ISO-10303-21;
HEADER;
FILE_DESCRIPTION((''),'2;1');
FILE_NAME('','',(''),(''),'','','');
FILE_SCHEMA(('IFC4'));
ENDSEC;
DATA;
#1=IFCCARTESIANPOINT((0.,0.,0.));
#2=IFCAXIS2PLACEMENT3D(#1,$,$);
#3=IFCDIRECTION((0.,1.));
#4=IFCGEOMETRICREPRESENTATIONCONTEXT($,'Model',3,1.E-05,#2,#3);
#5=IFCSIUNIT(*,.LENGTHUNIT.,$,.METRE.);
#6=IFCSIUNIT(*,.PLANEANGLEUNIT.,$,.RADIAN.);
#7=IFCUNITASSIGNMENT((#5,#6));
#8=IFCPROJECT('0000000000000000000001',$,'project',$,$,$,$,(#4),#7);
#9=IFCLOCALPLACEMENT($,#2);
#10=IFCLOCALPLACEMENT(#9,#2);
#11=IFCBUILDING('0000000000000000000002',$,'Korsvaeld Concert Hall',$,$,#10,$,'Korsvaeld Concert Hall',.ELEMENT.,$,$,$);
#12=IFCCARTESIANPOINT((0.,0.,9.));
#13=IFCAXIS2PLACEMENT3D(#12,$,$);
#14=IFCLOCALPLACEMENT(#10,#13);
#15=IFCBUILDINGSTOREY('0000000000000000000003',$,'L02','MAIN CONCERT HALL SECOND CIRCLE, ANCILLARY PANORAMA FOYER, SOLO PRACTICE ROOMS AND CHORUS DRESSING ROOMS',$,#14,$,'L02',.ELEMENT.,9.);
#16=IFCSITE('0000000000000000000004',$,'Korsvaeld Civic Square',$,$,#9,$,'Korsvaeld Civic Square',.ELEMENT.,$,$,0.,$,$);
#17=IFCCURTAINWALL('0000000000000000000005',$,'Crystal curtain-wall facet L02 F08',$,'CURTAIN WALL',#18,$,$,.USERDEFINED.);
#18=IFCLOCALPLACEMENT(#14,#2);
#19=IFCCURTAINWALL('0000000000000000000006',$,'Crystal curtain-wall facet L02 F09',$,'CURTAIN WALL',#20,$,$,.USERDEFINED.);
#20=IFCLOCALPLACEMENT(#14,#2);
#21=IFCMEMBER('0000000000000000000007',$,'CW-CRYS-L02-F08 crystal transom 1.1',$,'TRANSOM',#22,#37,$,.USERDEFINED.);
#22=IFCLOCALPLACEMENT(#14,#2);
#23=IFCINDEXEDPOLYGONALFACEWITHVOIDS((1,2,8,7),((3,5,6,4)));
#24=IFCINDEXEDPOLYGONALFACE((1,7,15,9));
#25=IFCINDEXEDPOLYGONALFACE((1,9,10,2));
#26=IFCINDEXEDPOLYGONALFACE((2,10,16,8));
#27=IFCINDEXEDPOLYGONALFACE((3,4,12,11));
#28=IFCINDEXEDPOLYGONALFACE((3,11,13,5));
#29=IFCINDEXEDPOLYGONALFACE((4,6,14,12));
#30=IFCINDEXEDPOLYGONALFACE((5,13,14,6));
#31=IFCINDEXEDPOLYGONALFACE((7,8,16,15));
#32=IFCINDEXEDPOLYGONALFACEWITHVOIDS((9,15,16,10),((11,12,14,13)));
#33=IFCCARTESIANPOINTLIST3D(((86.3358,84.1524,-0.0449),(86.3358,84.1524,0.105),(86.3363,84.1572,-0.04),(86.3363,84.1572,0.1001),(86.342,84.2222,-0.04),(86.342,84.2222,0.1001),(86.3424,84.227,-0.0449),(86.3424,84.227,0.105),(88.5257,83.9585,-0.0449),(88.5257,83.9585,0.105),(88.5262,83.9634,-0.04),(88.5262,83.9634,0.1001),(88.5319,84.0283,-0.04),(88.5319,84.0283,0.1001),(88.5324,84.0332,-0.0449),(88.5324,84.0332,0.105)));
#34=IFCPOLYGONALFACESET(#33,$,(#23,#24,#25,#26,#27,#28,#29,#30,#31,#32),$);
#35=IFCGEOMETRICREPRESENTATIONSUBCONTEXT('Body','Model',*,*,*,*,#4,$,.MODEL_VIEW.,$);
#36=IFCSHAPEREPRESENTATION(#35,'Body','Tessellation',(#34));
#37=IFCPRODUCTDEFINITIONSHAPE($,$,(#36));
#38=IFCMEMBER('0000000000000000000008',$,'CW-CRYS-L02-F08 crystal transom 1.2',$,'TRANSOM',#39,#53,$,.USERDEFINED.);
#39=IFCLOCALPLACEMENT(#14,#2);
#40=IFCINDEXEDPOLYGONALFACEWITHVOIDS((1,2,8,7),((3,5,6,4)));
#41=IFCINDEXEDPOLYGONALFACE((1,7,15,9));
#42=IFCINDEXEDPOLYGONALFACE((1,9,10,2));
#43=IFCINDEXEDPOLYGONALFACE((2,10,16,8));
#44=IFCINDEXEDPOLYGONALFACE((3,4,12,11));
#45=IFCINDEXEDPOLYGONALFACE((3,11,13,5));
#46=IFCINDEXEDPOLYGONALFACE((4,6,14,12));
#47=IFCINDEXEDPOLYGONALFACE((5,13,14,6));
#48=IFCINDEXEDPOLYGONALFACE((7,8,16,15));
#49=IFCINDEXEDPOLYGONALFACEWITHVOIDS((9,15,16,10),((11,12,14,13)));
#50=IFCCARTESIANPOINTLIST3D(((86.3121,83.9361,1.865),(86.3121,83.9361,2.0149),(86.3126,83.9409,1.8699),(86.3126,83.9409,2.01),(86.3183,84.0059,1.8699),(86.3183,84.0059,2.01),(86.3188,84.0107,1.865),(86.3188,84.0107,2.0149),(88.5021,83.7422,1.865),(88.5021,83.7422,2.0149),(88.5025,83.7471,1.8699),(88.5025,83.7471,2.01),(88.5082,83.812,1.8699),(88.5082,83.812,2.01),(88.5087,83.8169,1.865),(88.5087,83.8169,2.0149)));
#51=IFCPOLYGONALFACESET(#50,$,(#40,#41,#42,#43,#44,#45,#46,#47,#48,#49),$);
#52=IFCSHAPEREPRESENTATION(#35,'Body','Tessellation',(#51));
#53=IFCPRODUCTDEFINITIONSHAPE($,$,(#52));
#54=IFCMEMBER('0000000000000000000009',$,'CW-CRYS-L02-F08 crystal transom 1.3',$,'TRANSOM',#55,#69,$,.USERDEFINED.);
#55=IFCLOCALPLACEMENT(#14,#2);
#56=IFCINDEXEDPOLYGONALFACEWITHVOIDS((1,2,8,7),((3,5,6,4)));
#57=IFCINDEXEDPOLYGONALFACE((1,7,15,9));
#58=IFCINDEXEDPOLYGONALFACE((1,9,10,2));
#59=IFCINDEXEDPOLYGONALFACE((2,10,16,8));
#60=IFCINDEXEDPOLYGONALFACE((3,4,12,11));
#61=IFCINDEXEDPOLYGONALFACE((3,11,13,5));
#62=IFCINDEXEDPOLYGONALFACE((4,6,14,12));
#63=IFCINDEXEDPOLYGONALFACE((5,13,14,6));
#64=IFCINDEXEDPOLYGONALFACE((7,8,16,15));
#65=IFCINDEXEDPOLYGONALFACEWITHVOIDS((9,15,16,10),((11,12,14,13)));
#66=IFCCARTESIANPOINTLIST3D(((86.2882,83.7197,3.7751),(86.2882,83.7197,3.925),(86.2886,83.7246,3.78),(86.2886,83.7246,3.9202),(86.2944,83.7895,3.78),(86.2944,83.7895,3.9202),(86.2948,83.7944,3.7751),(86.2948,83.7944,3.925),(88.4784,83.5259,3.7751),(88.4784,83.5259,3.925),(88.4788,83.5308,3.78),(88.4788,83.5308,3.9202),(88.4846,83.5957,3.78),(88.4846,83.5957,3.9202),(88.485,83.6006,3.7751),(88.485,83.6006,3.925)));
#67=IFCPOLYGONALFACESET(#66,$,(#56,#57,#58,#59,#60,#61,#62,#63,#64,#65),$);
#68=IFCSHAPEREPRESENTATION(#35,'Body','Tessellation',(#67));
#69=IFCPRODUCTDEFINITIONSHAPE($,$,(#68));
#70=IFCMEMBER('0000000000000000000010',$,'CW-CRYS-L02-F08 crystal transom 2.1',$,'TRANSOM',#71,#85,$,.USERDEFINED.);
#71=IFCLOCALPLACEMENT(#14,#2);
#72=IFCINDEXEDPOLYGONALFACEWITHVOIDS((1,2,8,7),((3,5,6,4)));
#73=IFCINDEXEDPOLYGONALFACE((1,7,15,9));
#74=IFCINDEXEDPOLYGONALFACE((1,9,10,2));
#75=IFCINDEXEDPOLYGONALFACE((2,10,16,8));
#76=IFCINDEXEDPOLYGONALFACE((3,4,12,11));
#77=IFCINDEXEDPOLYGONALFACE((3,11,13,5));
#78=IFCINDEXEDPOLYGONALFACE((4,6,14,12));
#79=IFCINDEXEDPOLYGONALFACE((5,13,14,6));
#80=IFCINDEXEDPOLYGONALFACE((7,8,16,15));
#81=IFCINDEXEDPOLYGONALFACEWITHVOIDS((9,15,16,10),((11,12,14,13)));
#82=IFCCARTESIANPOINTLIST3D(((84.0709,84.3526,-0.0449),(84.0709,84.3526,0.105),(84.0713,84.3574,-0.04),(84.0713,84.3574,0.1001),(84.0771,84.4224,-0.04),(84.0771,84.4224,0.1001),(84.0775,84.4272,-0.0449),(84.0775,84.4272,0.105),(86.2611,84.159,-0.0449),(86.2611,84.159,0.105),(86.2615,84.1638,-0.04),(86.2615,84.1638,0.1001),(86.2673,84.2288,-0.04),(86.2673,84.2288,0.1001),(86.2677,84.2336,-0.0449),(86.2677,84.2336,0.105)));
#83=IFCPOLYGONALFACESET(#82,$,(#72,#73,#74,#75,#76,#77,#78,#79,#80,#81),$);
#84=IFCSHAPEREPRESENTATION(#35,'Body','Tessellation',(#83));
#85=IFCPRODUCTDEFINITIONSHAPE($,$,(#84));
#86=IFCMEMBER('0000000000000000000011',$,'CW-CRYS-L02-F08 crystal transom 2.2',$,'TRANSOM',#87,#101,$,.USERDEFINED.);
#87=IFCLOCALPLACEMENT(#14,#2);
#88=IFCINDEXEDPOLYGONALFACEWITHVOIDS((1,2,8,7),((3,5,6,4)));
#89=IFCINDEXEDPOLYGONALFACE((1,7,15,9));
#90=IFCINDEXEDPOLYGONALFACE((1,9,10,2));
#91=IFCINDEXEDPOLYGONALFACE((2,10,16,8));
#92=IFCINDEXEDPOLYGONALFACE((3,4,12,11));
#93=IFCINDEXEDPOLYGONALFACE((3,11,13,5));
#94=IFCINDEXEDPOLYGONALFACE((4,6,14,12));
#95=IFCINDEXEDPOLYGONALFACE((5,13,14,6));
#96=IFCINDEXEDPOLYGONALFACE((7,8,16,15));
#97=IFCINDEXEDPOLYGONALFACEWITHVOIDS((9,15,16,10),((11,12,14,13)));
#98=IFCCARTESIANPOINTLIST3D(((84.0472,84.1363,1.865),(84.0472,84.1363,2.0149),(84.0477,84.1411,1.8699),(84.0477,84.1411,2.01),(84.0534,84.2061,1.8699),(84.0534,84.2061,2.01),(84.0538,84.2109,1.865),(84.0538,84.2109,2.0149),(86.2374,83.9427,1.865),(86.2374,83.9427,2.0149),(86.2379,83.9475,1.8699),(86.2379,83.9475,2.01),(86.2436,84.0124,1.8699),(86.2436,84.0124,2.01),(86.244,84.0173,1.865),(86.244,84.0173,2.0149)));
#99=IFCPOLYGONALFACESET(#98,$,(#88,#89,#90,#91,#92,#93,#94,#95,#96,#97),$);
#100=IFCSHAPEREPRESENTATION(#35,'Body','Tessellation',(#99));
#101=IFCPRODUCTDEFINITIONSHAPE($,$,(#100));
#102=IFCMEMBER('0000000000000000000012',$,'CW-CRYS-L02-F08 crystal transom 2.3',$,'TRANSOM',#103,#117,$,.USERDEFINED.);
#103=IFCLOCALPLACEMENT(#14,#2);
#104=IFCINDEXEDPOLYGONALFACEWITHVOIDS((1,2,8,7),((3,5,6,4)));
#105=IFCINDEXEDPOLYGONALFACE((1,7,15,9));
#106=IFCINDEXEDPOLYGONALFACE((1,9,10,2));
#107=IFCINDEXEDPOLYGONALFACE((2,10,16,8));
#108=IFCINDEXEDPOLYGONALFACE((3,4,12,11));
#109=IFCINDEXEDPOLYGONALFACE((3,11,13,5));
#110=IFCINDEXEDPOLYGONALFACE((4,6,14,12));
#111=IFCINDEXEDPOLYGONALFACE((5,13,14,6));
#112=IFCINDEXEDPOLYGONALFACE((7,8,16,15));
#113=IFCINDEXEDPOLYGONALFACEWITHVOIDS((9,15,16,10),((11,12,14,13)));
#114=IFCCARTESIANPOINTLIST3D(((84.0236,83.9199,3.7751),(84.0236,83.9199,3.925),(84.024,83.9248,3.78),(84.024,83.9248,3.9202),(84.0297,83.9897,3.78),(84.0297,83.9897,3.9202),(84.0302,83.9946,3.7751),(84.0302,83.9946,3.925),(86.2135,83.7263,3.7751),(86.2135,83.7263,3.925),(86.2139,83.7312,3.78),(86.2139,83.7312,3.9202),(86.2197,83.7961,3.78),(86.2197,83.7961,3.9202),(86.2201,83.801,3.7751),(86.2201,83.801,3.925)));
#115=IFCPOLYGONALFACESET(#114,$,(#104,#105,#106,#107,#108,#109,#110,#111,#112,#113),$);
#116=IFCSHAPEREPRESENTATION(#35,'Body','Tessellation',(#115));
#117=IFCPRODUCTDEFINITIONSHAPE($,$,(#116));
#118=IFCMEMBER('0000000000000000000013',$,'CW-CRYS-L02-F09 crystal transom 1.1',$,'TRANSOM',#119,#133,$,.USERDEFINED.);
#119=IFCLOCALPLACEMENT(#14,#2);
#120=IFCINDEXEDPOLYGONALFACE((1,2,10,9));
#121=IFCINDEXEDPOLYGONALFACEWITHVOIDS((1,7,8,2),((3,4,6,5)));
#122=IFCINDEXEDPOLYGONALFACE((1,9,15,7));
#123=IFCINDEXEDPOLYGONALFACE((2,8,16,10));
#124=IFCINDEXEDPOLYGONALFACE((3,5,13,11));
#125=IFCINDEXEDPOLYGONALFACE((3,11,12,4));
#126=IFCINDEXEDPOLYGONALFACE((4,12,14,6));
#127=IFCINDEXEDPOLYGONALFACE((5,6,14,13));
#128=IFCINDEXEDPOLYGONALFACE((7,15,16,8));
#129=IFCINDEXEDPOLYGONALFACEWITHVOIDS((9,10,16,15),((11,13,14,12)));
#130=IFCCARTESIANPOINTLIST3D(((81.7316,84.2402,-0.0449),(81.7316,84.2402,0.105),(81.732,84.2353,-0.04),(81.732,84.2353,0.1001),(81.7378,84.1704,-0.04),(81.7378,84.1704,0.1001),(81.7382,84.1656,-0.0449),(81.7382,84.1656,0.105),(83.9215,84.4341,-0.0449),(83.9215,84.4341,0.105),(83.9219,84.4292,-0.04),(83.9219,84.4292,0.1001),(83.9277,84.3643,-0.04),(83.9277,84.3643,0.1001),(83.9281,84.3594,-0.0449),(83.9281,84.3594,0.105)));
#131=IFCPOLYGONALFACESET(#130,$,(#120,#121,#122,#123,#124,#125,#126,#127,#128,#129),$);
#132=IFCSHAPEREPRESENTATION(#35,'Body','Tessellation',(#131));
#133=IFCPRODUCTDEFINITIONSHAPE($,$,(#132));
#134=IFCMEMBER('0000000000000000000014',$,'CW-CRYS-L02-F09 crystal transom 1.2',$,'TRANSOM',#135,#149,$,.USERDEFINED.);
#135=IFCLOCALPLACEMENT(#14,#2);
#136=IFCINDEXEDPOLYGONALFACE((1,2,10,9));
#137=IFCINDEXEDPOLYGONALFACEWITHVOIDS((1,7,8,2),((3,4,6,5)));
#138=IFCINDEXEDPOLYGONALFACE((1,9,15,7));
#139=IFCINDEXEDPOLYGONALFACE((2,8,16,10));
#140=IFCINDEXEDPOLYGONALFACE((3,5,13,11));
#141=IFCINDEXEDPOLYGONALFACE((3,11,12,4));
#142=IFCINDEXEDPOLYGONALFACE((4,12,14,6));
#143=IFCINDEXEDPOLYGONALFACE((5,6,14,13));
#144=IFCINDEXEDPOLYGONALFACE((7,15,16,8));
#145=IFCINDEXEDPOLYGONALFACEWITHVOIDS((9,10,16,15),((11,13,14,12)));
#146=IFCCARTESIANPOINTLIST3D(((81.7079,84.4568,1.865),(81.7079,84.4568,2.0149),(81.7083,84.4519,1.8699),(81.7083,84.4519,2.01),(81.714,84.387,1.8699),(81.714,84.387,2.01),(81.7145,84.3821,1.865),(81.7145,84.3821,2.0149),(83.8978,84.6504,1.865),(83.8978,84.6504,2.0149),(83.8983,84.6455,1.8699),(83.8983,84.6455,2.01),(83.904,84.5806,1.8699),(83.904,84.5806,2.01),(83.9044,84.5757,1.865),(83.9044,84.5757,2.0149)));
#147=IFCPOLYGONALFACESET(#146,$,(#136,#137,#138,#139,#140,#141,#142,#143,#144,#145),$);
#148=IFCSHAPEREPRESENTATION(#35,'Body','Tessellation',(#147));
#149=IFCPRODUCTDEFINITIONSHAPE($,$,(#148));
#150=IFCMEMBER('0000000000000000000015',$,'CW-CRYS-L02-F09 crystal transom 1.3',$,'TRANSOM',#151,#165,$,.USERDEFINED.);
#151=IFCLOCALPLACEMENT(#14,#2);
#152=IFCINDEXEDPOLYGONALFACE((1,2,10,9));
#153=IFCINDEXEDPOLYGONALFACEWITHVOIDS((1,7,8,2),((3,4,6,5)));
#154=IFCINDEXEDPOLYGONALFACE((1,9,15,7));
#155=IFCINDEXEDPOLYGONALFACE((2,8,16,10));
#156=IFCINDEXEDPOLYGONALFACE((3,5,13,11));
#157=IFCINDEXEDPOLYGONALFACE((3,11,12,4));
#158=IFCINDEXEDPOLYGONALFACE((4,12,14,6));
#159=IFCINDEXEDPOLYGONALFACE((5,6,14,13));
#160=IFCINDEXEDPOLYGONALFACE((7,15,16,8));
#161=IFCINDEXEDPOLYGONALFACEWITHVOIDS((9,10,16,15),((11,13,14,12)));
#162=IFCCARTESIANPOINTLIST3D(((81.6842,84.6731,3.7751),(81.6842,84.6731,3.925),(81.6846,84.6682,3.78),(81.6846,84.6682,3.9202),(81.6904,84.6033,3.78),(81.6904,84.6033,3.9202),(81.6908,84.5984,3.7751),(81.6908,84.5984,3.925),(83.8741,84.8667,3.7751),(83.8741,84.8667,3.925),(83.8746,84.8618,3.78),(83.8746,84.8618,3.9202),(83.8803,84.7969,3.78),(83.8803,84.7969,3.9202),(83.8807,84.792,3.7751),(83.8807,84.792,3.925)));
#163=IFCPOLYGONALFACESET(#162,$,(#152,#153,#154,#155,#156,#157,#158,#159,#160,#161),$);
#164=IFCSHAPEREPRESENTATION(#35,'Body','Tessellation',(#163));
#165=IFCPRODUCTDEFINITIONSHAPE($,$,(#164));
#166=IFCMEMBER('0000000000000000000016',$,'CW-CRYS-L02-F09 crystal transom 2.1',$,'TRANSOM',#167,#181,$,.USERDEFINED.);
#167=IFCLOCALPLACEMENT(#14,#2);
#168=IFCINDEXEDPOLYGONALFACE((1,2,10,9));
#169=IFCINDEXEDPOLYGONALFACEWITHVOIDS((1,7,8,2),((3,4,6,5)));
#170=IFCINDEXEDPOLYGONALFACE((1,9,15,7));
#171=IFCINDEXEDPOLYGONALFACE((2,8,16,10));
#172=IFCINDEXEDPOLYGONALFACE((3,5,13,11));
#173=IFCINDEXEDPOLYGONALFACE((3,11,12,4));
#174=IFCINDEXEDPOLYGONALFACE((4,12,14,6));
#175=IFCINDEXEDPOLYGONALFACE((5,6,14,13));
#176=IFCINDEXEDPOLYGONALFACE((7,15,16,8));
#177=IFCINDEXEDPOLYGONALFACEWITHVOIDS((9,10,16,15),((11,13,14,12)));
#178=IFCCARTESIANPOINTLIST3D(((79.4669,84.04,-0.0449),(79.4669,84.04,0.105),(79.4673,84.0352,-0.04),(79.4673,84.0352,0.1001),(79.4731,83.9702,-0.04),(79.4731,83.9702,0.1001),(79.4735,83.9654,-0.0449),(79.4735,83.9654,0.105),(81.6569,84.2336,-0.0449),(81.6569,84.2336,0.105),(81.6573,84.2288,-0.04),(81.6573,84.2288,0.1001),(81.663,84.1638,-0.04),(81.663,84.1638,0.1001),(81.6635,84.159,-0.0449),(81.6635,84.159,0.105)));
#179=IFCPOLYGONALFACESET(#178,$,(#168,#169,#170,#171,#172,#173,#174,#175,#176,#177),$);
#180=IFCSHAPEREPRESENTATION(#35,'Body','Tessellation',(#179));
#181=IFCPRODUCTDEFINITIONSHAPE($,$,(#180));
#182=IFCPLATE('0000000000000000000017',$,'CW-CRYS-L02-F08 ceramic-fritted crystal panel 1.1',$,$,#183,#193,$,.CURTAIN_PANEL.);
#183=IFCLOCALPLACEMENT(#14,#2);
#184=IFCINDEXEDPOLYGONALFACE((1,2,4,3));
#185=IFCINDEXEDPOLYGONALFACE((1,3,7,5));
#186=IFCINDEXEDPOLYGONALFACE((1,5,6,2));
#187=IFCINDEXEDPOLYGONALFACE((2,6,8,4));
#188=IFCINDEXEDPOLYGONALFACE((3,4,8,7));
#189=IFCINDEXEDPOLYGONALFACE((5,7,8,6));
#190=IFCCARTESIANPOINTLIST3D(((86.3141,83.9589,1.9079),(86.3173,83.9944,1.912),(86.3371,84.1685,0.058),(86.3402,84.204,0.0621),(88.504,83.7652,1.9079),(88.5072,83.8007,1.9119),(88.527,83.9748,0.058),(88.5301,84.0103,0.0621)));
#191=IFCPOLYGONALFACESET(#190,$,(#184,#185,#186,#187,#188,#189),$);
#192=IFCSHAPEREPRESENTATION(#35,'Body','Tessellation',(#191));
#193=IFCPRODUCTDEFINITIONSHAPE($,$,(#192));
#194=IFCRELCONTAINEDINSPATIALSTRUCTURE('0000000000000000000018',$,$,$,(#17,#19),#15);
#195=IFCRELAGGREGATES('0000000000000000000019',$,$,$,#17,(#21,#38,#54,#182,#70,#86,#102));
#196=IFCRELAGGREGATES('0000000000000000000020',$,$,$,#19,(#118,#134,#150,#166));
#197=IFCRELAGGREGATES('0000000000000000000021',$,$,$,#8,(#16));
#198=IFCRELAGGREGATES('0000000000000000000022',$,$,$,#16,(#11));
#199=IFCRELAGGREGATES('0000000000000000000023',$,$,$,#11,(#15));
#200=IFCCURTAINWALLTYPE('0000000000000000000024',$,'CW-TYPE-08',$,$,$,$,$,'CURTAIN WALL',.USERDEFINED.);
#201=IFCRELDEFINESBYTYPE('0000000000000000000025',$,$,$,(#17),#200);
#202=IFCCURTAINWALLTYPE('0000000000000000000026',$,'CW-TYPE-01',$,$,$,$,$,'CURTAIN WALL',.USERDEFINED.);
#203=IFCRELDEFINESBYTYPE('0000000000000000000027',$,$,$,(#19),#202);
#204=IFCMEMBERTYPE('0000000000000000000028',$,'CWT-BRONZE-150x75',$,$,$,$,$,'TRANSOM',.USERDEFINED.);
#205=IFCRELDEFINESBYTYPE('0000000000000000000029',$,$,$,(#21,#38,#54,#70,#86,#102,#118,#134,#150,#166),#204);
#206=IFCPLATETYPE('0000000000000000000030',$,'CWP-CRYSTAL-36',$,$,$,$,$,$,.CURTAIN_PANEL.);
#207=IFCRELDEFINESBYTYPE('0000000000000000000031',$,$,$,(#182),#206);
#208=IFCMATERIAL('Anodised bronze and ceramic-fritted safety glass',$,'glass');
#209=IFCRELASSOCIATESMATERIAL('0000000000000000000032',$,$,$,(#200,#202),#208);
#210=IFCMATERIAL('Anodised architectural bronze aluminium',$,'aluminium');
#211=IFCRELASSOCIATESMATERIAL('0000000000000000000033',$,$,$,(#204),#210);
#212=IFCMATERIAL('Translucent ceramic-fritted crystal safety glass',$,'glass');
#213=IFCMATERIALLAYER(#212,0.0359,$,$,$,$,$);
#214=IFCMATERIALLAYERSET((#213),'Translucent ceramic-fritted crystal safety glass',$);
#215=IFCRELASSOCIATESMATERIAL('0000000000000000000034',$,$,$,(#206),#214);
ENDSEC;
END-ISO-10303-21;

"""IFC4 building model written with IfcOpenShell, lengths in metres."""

from ifc_helpers import new_model, si_unit, direction, frame, origin, origin_2d, place, context, subcontext, project, spatial, polyline, hollow_rectangle, outline, extrude, material, layer, layer_set, material_profile, profile_set, type_object, element, aggregate, save


model = new_model("IFC4")

# Units and contexts
model_context = context("Model", 3, precision=1e-05, world=origin(), true_north=direction((0.0, 1.0)))
body_context = subcontext(model_context, "Body", "Model", "MODEL_VIEW")
ifc_project = project(units=[si_unit("LENGTHUNIT", "METRE"), si_unit("PLANEANGLEUNIT", "RADIAN")], contexts=[model_context])

# Site, building, storey
site_placement = place(None, origin())
site = spatial("IfcSite", under=ifc_project, at=site_placement, Name="Korsvaeld Civic Square", LongName="Korsvaeld Civic Square", CompositionType="ELEMENT", RefElevation=0.0)
building_placement = place(site_placement, origin())
building = spatial("IfcBuilding", under=site, at=building_placement, Name="Korsvaeld Concert Hall", LongName="Korsvaeld Concert Hall", CompositionType="ELEMENT")
storey_placement = place(building_placement, frame((0.0, 0.0, 9.0)))
storey = spatial("IfcBuildingStorey", under=building, at=storey_placement, Name="L02", Description="MAIN CONCERT HALL SECOND CIRCLE, ANCILLARY PANORAMA FOYER, SOLO PRACTICE ROOMS AND CHORUS DRESSING ROOMS", LongName="L02", CompositionType="ELEMENT", Elevation=9.0)

# Curtain wall
ifc_material_1 = material(Name="Anodised bronze and ceramic-fritted safety glass", Category="glass")
curtain_wall_type_1 = type_object("IfcCurtainWallType", Name="CW-TYPE-08", ElementType="CURTAIN WALL", PredefinedType="USERDEFINED", material=ifc_material_1)
curtain_wall_1_placement = place(storey_placement, origin())
curtain_wall_1 = element("IfcCurtainWall", 1, at=curtain_wall_1_placement, inside=storey, type_object=curtain_wall_type_1, Name="Crystal curtain-wall facet L02 F08", ObjectType="CURTAIN WALL", PredefinedType="USERDEFINED")
ifc_material_2 = material(Name="Anodised architectural bronze aluminium", Category="aluminium")

# Curtain wall
curtain_wall_type_2 = type_object("IfcCurtainWallType", Name="CW-TYPE-01", ElementType="CURTAIN WALL", PredefinedType="USERDEFINED", material=ifc_material_1)
curtain_wall_2_placement = place(storey_placement, origin())
curtain_wall_2 = element("IfcCurtainWall", 2, at=curtain_wall_2_placement, inside=storey, type_object=curtain_wall_type_2, Name="Crystal curtain-wall facet L02 F09", ObjectType="CURTAIN WALL", PredefinedType="USERDEFINED")

# Members
ifc_material_profile_1 = material_profile(ifc_material_2, hollow_rectangle(XDim=0.075, YDim=0.1499, WallThickness=0.0049, at=origin_2d()), Name="CWT 150x75x5")
ifc_profile_set_1 = profile_set([ifc_material_profile_1], Name="Anodised architectural bronze aluminium")
member_type_1 = type_object("IfcMemberType", Name="CWT-BRONZE-150x75", ElementType="TRANSOM", PredefinedType="USERDEFINED", material=ifc_profile_set_1)
member_1_placement = place(storey_placement, frame((88.5291, 83.9958, 0.03), z_axis=(-0.996105, 0.088173, 0.0), x_axis=(-0.088173, -0.996105, 0.0)))
member_1 = element("IfcMember", 3, at=member_1_placement, type_object=member_type_1, Name="CW-CRYS-L02-F08 crystal transom 1.1", ObjectType="TRANSOM", PredefinedType="USERDEFINED", context=body_context, shape_type="SweptSolid", body=[
    extrude(hollow_rectangle(XDim=0.075, YDim=0.1499, WallThickness=0.0049, at=origin_2d()), origin(), (0.0, 0.0, 1.0), 2.1985),
])
member_2_placement = place(storey_placement, frame((88.5054, 83.7795, 1.9399), z_axis=(-0.996105, 0.088173, 0.0), x_axis=(-0.088173, -0.996105, 0.0)))
member_2 = element("IfcMember", 4, at=member_2_placement, type_object=member_type_1, Name="CW-CRYS-L02-F08 crystal transom 1.2", ObjectType="TRANSOM", PredefinedType="USERDEFINED", context=body_context, shape_type="SweptSolid", body=[
    extrude(hollow_rectangle(XDim=0.075, YDim=0.1499, WallThickness=0.0049, at=origin_2d()), origin(), (0.0, 0.0, 1.0), 2.1985),
])
member_3_placement = place(storey_placement, frame((88.4817, 83.5632, 3.8501), z_axis=(-0.996106, 0.088163, 0.0), x_axis=(-0.088163, -0.996106, 0.0)))
member_3 = element("IfcMember", 5, at=member_3_placement, type_object=member_type_1, Name="CW-CRYS-L02-F08 crystal transom 1.3", ObjectType="TRANSOM", PredefinedType="USERDEFINED", context=body_context, shape_type="SweptSolid", body=[
    extrude(hollow_rectangle(XDim=0.075, YDim=0.1499, WallThickness=0.0049, at=origin_2d()), origin(), (0.0, 0.0, 1.0), 2.1987),
])
member_4_placement = place(storey_placement, frame((86.2644, 84.1963, 0.03), z_axis=(-0.996116, 0.088053, 0.0), x_axis=(-0.088053, -0.996116, 0.0)))
member_4 = element("IfcMember", 6, at=member_4_placement, type_object=member_type_1, Name="CW-CRYS-L02-F08 crystal transom 2.1", ObjectType="TRANSOM", PredefinedType="USERDEFINED", context=body_context, shape_type="SweptSolid", body=[
    extrude(hollow_rectangle(XDim=0.075, YDim=0.1499, WallThickness=0.0049, at=origin_2d()), origin(), (0.0, 0.0, 1.0), 2.1987),
])
member_5_placement = place(storey_placement, frame((86.2407, 83.98, 1.9399), z_axis=(-0.996116, 0.088053, 0.0), x_axis=(-0.088053, -0.996116, 0.0)))
member_5 = element("IfcMember", 7, at=member_5_placement, type_object=member_type_1, Name="CW-CRYS-L02-F08 crystal transom 2.2", ObjectType="TRANSOM", PredefinedType="USERDEFINED", context=body_context, shape_type="SweptSolid", body=[
    extrude(hollow_rectangle(XDim=0.075, YDim=0.1499, WallThickness=0.0049, at=origin_2d()), origin(), (0.0, 0.0, 1.0), 2.1987),
])
member_6_placement = place(storey_placement, frame((86.2168, 83.7637, 3.8501), z_axis=(-0.996115, 0.088062, 0.0), x_axis=(-0.088062, -0.996115, 0.0)))
member_6 = element("IfcMember", 8, at=member_6_placement, type_object=member_type_1, Name="CW-CRYS-L02-F08 crystal transom 2.3", ObjectType="TRANSOM", PredefinedType="USERDEFINED", context=body_context, shape_type="SweptSolid", body=[
    extrude(hollow_rectangle(XDim=0.075, YDim=0.1499, WallThickness=0.0049, at=origin_2d()), origin(), (0.0, 0.0, 1.0), 2.1985),
])
member_7_placement = place(storey_placement, frame((83.9248, 84.3967, 0.03), z_axis=(-0.996105, -0.088173, 0.0), x_axis=(0.088173, -0.996105, 0.0)))
member_7 = element("IfcMember", 9, at=member_7_placement, type_object=member_type_1, Name="CW-CRYS-L02-F09 crystal transom 1.1", ObjectType="TRANSOM", PredefinedType="USERDEFINED", context=body_context, shape_type="SweptSolid", body=[
    extrude(hollow_rectangle(XDim=0.075, YDim=0.1499, WallThickness=0.0049, at=origin_2d()), origin(), (0.0, 0.0, 1.0), 2.1985),
])
member_8_placement = place(storey_placement, frame((83.9011, 84.613, 1.9399), z_axis=(-0.996115, -0.088062, 0.0), x_axis=(0.088062, -0.996115, 0.0)))
member_8 = element("IfcMember", 10, at=member_8_placement, type_object=member_type_1, Name="CW-CRYS-L02-F09 crystal transom 1.2", ObjectType="TRANSOM", PredefinedType="USERDEFINED", context=body_context, shape_type="SweptSolid", body=[
    extrude(hollow_rectangle(XDim=0.075, YDim=0.1499, WallThickness=0.0049, at=origin_2d()), origin(), (0.0, 0.0, 1.0), 2.1985),
])
member_9_placement = place(storey_placement, frame((83.8774, 84.8293, 3.8501), z_axis=(-0.996115, -0.088062, 0.0), x_axis=(0.088062, -0.996115, 0.0)))
member_9 = element("IfcMember", 11, at=member_9_placement, type_object=member_type_1, Name="CW-CRYS-L02-F09 crystal transom 1.3", ObjectType="TRANSOM", PredefinedType="USERDEFINED", context=body_context, shape_type="SweptSolid", body=[
    extrude(hollow_rectangle(XDim=0.075, YDim=0.1499, WallThickness=0.0049, at=origin_2d()), origin(), (0.0, 0.0, 1.0), 2.1985),
])
member_10_placement = place(storey_placement, frame((81.6602, 84.1963, 0.03), z_axis=(-0.996115, -0.088062, 0.0), x_axis=(0.088062, -0.996115, 0.0)))
member_10 = element("IfcMember", 12, at=member_10_placement, type_object=member_type_1, Name="CW-CRYS-L02-F09 crystal transom 2.1", ObjectType="TRANSOM", PredefinedType="USERDEFINED", context=body_context, shape_type="SweptSolid", body=[
    extrude(hollow_rectangle(XDim=0.075, YDim=0.1499, WallThickness=0.0049, at=origin_2d()), origin(), (0.0, 0.0, 1.0), 2.1985),
])

# Plate
ifc_material_3 = material(Name="Translucent ceramic-fritted crystal safety glass", Category="glass")
ifc_layer = layer(ifc_material_3, 0.0359)
ifc_layer_set = layer_set([ifc_layer], Name="Translucent ceramic-fritted crystal safety glass")
plate_type = type_object("IfcPlateType", Name="CWP-CRYSTAL-36", PredefinedType="CURTAIN_PANEL", material=ifc_layer_set)
plate_1_placement = place(storey_placement, frame((88.5286, 83.9924, 0.0601), z_axis=(0.087551, 0.989705, 0.113223), x_axis=(-0.99611, 0.088118, -0.000006)))
plate_1 = element("IfcPlate", 13, at=plate_1_placement, type_object=plate_type, Name="CW-CRYS-L02-F08 ceramic-fritted crystal panel 1.1", PredefinedType="CURTAIN_PANEL", context=body_context, shape_type="SweptSolid", body=[
    extrude(outline(polyline([(0.0, 0.0), (2.1985, 0.0), (2.2029, 1.8618), (0.0044, 1.8618), (0.0, 0.0)])), frame((0.0, 0.0, 0.0181)), (0.0, 0.0, -1.0), 0.0359),
])
aggregate(curtain_wall_1, [member_1, member_2, member_3, plate_1, member_4, member_5, member_6])
aggregate(curtain_wall_2, [member_7, member_8, member_9, member_10])

save(model, "model.ifc")
